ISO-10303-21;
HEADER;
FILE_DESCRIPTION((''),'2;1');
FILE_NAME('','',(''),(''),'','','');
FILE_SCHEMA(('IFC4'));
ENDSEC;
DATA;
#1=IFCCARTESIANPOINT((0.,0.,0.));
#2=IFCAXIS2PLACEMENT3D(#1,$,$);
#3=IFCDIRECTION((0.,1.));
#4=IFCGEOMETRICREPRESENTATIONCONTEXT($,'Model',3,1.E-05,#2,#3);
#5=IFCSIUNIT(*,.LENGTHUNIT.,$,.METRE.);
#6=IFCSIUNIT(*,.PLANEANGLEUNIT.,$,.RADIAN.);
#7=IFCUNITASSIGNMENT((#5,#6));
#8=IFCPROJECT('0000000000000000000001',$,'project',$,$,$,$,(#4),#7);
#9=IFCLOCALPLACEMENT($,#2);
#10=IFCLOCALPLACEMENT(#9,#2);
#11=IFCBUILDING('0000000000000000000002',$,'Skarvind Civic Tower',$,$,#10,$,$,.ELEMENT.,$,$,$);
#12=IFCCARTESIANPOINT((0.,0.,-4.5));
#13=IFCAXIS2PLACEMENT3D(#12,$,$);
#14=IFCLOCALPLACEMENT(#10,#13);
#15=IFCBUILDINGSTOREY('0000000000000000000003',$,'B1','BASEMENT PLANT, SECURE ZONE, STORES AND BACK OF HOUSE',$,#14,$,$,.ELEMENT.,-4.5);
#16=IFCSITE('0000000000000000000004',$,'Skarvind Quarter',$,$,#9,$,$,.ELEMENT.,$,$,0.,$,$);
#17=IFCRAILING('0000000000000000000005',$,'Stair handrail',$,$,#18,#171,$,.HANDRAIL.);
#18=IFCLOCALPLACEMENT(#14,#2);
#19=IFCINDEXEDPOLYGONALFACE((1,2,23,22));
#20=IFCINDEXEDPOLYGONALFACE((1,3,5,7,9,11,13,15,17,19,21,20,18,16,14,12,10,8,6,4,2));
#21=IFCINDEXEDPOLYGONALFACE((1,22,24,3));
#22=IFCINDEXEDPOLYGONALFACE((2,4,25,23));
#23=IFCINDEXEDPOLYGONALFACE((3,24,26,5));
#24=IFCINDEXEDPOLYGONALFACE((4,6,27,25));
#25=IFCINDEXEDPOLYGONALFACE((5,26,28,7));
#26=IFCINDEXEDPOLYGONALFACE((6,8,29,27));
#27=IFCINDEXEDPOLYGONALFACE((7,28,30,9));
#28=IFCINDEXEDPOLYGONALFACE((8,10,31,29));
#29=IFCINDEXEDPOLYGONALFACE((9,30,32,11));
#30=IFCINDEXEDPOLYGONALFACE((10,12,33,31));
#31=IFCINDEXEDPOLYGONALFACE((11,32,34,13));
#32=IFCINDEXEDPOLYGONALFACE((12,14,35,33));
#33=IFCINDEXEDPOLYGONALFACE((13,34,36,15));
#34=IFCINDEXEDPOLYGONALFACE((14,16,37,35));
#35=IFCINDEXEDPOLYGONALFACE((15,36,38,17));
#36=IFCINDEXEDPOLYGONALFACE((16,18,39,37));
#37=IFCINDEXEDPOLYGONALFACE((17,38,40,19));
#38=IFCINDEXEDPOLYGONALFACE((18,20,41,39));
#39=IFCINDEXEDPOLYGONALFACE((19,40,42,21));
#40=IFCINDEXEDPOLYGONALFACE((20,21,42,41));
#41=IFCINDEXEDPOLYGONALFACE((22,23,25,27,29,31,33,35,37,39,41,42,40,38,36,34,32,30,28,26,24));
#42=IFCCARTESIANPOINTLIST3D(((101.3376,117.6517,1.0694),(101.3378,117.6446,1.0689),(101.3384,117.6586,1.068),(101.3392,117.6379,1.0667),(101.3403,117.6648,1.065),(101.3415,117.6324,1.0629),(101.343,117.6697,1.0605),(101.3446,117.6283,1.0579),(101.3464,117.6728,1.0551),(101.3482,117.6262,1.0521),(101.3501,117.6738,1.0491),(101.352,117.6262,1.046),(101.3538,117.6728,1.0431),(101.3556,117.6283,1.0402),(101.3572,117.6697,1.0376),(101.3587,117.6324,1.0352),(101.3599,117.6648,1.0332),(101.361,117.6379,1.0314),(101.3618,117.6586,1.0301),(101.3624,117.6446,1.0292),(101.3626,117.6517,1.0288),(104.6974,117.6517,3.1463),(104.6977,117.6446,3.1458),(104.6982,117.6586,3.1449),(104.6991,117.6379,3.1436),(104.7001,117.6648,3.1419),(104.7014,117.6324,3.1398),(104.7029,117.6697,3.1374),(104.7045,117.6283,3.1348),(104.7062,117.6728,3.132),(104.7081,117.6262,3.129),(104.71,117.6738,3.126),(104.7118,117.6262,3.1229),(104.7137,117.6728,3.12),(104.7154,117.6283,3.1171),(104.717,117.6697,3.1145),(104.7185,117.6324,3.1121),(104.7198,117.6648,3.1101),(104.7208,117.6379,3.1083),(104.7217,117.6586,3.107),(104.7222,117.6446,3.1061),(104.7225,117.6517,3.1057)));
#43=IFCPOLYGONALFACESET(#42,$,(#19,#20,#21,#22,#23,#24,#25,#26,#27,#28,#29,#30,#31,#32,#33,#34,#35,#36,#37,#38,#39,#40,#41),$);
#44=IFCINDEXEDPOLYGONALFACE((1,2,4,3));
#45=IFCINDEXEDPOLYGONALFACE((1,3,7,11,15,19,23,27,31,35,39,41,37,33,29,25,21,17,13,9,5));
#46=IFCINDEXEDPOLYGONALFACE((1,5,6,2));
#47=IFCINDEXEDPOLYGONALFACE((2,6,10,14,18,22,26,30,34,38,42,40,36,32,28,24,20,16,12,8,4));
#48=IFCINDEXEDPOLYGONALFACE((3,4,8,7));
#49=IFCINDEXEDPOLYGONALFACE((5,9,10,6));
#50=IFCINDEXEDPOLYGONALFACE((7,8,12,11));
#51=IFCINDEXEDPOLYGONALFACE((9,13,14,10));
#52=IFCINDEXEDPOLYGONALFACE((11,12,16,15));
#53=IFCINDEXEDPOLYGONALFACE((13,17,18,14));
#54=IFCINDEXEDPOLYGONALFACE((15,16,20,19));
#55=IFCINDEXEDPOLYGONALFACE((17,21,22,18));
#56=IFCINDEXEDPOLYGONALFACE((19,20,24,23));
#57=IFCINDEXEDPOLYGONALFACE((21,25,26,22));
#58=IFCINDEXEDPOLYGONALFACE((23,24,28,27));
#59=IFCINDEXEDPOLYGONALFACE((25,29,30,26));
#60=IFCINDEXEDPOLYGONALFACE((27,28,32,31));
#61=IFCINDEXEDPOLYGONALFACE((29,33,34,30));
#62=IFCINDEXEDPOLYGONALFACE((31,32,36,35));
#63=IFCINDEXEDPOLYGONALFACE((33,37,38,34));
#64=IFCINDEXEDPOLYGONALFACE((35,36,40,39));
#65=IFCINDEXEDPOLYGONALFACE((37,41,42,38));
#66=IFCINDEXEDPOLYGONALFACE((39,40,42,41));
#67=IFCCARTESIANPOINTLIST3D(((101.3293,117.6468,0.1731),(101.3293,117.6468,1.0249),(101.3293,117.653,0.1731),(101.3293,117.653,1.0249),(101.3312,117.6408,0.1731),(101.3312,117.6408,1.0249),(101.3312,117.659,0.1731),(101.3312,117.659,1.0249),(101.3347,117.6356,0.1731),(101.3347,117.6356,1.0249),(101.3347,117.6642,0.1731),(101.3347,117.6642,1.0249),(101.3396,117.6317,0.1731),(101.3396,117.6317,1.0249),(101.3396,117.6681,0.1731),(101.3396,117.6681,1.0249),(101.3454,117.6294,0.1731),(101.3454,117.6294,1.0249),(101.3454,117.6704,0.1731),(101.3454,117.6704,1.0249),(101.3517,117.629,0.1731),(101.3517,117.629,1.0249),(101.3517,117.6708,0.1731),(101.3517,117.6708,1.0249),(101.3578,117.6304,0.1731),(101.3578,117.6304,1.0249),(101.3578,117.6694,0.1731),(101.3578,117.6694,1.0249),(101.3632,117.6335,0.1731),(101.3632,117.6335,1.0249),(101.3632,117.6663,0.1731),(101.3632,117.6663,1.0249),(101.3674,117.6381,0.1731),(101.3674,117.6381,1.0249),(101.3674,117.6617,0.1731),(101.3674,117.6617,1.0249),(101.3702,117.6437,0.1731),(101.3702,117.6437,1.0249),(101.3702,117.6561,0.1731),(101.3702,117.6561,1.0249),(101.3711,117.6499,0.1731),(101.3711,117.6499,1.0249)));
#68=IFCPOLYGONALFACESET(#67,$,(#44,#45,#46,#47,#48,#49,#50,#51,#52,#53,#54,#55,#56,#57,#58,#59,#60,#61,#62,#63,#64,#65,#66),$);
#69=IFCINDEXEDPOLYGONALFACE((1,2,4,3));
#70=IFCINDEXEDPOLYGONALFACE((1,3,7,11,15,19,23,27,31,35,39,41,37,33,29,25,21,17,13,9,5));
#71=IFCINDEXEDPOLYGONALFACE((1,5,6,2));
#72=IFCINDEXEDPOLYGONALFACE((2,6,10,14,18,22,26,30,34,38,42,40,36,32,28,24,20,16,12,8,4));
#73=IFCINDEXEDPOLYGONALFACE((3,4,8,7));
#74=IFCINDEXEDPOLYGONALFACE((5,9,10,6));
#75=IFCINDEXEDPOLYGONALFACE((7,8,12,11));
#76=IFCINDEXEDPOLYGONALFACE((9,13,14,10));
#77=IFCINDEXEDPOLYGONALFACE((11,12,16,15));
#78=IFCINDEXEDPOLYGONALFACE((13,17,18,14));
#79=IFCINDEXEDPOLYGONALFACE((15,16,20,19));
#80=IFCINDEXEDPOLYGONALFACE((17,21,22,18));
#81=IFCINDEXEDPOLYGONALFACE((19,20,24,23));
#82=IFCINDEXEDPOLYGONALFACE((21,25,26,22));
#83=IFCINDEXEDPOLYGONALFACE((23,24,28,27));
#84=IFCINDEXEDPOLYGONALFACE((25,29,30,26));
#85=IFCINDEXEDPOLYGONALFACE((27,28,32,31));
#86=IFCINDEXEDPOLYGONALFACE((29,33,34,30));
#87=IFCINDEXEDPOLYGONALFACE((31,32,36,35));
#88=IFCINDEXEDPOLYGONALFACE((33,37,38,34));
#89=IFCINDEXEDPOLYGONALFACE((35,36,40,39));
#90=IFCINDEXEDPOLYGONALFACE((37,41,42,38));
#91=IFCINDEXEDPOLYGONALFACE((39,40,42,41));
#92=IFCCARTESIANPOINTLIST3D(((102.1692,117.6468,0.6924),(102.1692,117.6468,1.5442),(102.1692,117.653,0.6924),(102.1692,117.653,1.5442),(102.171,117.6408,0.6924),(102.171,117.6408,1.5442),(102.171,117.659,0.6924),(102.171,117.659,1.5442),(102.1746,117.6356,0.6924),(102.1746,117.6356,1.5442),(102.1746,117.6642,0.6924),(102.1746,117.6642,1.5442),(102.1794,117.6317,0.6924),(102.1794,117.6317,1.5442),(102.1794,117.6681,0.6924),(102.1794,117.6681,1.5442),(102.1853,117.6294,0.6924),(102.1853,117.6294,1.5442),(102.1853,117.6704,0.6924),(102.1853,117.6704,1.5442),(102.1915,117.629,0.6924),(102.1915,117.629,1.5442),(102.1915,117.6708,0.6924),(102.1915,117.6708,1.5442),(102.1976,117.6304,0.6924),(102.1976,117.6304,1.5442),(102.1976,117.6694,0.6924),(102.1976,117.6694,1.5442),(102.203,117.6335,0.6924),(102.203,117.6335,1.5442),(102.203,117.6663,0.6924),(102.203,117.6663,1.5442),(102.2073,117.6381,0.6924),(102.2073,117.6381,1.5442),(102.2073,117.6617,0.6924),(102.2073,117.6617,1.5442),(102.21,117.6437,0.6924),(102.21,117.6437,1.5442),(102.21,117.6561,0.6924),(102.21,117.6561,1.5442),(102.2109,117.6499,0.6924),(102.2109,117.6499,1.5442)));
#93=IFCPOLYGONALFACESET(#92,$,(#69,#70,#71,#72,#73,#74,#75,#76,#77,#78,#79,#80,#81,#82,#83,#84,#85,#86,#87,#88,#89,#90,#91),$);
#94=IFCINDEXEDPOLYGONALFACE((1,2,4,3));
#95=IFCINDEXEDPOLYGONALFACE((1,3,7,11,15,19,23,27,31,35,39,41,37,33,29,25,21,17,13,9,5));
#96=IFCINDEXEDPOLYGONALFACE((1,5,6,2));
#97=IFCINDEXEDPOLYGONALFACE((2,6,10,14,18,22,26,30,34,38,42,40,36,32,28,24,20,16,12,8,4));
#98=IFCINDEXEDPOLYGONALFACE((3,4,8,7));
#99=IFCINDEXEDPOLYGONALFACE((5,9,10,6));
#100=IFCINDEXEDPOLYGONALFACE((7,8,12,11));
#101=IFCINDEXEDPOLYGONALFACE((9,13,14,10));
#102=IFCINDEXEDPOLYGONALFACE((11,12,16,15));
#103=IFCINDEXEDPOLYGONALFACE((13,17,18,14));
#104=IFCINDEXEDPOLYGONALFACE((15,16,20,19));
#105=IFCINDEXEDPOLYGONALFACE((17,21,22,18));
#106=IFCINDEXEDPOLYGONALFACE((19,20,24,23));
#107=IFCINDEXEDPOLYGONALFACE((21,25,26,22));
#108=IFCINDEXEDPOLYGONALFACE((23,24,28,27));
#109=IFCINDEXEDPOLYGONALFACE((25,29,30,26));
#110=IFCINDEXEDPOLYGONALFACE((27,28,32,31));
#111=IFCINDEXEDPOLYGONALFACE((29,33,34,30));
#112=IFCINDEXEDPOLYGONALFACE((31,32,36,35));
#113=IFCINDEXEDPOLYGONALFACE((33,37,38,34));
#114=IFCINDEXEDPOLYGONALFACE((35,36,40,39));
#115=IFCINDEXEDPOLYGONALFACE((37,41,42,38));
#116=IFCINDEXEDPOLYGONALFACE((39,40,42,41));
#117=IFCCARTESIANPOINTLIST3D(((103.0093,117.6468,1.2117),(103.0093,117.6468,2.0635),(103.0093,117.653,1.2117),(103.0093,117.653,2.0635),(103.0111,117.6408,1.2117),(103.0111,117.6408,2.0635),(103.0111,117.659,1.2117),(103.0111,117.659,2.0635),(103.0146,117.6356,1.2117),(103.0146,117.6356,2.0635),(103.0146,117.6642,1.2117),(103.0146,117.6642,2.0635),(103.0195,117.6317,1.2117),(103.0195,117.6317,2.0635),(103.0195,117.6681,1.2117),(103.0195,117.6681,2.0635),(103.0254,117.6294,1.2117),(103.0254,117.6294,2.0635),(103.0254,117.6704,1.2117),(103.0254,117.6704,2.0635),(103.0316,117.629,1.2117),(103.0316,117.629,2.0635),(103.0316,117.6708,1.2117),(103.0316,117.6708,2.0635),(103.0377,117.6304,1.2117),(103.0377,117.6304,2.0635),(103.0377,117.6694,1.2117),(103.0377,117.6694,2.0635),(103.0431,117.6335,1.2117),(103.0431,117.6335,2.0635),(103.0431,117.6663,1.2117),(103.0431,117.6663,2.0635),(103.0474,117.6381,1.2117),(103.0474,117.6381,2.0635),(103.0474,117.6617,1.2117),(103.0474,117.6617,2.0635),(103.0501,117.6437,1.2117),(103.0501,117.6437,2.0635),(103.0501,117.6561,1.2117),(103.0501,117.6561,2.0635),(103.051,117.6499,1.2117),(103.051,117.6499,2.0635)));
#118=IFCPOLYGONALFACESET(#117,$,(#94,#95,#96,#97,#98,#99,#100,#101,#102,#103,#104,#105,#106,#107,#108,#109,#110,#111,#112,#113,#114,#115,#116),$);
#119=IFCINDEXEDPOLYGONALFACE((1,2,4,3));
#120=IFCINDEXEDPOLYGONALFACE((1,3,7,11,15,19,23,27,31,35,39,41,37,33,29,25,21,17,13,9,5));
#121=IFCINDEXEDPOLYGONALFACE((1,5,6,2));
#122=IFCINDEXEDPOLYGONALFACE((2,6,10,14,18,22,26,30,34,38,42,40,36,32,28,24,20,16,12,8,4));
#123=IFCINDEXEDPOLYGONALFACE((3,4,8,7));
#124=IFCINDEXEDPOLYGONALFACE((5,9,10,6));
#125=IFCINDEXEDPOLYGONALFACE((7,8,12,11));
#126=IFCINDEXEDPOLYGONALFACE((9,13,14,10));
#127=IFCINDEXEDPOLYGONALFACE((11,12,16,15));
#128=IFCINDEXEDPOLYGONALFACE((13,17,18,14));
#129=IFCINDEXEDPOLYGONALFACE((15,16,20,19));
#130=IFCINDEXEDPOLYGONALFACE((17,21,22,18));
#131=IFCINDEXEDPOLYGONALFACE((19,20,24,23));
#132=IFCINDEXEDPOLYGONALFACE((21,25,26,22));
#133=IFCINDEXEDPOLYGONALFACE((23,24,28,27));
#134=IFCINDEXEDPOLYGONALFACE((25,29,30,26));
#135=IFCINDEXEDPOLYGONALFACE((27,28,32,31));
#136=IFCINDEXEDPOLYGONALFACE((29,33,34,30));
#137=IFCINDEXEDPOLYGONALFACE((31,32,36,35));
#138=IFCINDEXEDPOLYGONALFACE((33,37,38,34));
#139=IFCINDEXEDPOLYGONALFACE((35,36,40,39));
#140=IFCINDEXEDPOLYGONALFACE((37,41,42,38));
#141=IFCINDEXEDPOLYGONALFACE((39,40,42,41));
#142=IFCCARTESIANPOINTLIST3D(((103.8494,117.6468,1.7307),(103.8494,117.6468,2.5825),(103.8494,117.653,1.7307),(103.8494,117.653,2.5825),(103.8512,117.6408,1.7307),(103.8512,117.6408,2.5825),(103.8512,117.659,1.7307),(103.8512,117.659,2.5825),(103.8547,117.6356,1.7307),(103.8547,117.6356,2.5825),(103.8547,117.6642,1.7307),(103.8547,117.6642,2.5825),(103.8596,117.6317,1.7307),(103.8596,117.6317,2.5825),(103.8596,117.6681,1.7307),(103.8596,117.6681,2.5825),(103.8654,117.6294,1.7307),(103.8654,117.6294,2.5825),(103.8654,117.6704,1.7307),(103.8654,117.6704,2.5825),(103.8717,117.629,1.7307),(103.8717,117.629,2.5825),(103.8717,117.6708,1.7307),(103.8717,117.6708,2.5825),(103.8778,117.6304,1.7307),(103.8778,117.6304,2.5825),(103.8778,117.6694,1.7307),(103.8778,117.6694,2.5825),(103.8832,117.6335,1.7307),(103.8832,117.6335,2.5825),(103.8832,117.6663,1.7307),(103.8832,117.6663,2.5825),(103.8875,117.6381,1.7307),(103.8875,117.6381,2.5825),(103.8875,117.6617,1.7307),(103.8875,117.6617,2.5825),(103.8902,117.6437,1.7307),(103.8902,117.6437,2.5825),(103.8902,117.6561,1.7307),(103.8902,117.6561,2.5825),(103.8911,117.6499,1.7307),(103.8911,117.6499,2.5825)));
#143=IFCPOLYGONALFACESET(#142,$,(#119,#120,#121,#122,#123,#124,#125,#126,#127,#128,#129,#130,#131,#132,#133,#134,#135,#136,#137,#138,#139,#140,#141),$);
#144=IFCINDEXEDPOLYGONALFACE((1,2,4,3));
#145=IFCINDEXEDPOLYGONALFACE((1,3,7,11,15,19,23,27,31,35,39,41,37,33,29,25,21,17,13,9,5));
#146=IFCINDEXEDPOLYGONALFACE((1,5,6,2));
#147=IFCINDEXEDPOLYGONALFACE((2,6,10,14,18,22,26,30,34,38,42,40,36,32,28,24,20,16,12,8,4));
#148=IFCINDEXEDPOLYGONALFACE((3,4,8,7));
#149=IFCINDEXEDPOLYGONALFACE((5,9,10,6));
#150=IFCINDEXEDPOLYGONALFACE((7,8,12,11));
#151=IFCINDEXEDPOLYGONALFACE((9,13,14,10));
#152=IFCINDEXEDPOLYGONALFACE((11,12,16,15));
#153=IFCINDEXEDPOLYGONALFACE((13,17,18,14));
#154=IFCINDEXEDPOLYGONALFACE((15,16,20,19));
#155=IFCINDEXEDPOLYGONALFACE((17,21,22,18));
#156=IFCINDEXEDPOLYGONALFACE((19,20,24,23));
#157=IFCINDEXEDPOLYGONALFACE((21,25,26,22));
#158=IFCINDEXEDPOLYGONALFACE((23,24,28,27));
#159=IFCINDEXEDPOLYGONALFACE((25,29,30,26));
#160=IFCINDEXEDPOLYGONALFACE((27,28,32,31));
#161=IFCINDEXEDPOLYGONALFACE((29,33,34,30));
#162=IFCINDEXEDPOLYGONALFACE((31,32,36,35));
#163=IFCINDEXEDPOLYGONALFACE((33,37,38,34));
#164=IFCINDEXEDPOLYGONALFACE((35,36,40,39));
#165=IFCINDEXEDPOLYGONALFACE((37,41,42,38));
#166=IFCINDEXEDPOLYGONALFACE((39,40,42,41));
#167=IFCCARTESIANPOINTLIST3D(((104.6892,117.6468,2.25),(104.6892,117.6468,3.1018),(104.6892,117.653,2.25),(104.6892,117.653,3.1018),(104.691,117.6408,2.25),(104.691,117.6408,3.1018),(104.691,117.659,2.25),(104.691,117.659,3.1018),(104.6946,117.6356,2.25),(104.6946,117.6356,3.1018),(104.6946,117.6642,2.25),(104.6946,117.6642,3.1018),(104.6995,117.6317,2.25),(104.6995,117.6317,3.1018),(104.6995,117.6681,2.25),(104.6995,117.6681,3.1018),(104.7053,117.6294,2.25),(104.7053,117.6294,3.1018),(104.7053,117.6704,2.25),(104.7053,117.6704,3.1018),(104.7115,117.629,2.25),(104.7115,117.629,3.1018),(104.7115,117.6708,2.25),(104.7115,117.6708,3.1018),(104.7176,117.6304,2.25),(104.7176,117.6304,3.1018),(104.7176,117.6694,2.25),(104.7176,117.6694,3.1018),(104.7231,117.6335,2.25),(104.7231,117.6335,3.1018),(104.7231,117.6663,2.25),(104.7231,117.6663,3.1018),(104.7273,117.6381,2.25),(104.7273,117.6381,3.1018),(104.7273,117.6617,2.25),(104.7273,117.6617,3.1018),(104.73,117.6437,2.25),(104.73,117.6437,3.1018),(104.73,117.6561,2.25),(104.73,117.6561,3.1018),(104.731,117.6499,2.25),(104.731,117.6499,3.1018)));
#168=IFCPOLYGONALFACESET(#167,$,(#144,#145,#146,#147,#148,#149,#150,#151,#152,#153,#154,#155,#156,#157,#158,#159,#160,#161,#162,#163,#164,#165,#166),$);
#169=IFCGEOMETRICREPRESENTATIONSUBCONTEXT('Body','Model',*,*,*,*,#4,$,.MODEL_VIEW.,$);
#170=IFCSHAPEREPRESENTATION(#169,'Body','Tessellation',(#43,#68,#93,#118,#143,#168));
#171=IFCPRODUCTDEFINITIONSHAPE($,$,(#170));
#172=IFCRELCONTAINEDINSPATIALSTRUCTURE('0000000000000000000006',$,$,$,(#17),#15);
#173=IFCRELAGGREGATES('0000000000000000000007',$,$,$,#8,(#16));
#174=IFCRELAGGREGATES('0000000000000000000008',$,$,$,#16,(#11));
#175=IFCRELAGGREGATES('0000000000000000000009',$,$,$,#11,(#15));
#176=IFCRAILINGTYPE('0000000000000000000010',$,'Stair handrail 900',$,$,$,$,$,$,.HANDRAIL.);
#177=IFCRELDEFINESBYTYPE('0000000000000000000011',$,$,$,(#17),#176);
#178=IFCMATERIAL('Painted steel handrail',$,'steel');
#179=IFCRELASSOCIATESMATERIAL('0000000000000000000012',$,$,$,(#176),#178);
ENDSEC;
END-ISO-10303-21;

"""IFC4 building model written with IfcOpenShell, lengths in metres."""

from ifc_helpers import new_model, si_unit, direction, frame, origin, origin_2d, place, context, subcontext, project, spatial, circle, extrude, material, type_object, element, save


model = new_model("IFC4")

# Units and contexts
model_context = context("Model", 3, precision=1e-05, world=origin(), true_north=direction((0.0, 1.0)))
body_context = subcontext(model_context, "Body", "Model", "MODEL_VIEW")
ifc_project = project(units=[si_unit("LENGTHUNIT", "METRE"), si_unit("PLANEANGLEUNIT", "RADIAN")], contexts=[model_context])

# Site, building, storey
site_placement = place(None, origin())
site = spatial("IfcSite", under=ifc_project, at=site_placement, Name="Skarvind Quarter", CompositionType="ELEMENT", RefElevation=0.0)
building_placement = place(site_placement, origin())
building = spatial("IfcBuilding", under=site, at=building_placement, Name="Skarvind Civic Tower", CompositionType="ELEMENT")
storey_placement = place(building_placement, frame((0.0, 0.0, -4.5)))
storey = spatial("IfcBuildingStorey", under=building, at=storey_placement, Name="B1", Description="BASEMENT PLANT, SECURE ZONE, STORES AND BACK OF HOUSE", CompositionType="ELEMENT", Elevation=-4.5)

# Railing
ifc_material_1 = material(Name="Painted steel handrail", Category="steel")
railing_type = type_object("IfcRailingType", Name="Stair handrail 900", PredefinedType="HANDRAIL", material=ifc_material_1)
railing_1_placement = place(storey_placement, frame((101.3501, 117.6499, 0.1731)))
element("IfcRailing", 1, at=railing_1_placement, inside=storey, type_object=railing_type, Name="Stair handrail", PredefinedType="HANDRAIL", context=body_context, shape_type="SweptSolid", body=[
    extrude(circle(Radius=0.0239, at=origin_2d()), frame((0.0, 0.0, 0.876), z_axis=(0.850606, 0.0, 0.525803), x_axis=(0.0, 1.0, 0.0)), (0.0, 0.0, 1.0), 3.95),
    extrude(circle(Radius=0.021, at=origin_2d()), origin(), (0.0, 0.0, 1.0), 0.8518),
    extrude(circle(Radius=0.021, at=origin_2d()), frame((0.8398, 0.0, 0.5193)), (0.0, 0.0, 1.0), 0.8518),
    extrude(circle(Radius=0.021, at=origin_2d()), frame((1.6799, 0.0, 1.0386)), (0.0, 0.0, 1.0), 0.8518),
    extrude(circle(Radius=0.021, at=origin_2d()), frame((2.52, 0.0, 1.5576)), (0.0, 0.0, 1.0), 0.8518),
    extrude(circle(Radius=0.021, at=origin_2d()), frame((3.3599, 0.0, 2.0769)), (0.0, 0.0, 1.0), 0.8518),
])

save(model, "model.ifc")
